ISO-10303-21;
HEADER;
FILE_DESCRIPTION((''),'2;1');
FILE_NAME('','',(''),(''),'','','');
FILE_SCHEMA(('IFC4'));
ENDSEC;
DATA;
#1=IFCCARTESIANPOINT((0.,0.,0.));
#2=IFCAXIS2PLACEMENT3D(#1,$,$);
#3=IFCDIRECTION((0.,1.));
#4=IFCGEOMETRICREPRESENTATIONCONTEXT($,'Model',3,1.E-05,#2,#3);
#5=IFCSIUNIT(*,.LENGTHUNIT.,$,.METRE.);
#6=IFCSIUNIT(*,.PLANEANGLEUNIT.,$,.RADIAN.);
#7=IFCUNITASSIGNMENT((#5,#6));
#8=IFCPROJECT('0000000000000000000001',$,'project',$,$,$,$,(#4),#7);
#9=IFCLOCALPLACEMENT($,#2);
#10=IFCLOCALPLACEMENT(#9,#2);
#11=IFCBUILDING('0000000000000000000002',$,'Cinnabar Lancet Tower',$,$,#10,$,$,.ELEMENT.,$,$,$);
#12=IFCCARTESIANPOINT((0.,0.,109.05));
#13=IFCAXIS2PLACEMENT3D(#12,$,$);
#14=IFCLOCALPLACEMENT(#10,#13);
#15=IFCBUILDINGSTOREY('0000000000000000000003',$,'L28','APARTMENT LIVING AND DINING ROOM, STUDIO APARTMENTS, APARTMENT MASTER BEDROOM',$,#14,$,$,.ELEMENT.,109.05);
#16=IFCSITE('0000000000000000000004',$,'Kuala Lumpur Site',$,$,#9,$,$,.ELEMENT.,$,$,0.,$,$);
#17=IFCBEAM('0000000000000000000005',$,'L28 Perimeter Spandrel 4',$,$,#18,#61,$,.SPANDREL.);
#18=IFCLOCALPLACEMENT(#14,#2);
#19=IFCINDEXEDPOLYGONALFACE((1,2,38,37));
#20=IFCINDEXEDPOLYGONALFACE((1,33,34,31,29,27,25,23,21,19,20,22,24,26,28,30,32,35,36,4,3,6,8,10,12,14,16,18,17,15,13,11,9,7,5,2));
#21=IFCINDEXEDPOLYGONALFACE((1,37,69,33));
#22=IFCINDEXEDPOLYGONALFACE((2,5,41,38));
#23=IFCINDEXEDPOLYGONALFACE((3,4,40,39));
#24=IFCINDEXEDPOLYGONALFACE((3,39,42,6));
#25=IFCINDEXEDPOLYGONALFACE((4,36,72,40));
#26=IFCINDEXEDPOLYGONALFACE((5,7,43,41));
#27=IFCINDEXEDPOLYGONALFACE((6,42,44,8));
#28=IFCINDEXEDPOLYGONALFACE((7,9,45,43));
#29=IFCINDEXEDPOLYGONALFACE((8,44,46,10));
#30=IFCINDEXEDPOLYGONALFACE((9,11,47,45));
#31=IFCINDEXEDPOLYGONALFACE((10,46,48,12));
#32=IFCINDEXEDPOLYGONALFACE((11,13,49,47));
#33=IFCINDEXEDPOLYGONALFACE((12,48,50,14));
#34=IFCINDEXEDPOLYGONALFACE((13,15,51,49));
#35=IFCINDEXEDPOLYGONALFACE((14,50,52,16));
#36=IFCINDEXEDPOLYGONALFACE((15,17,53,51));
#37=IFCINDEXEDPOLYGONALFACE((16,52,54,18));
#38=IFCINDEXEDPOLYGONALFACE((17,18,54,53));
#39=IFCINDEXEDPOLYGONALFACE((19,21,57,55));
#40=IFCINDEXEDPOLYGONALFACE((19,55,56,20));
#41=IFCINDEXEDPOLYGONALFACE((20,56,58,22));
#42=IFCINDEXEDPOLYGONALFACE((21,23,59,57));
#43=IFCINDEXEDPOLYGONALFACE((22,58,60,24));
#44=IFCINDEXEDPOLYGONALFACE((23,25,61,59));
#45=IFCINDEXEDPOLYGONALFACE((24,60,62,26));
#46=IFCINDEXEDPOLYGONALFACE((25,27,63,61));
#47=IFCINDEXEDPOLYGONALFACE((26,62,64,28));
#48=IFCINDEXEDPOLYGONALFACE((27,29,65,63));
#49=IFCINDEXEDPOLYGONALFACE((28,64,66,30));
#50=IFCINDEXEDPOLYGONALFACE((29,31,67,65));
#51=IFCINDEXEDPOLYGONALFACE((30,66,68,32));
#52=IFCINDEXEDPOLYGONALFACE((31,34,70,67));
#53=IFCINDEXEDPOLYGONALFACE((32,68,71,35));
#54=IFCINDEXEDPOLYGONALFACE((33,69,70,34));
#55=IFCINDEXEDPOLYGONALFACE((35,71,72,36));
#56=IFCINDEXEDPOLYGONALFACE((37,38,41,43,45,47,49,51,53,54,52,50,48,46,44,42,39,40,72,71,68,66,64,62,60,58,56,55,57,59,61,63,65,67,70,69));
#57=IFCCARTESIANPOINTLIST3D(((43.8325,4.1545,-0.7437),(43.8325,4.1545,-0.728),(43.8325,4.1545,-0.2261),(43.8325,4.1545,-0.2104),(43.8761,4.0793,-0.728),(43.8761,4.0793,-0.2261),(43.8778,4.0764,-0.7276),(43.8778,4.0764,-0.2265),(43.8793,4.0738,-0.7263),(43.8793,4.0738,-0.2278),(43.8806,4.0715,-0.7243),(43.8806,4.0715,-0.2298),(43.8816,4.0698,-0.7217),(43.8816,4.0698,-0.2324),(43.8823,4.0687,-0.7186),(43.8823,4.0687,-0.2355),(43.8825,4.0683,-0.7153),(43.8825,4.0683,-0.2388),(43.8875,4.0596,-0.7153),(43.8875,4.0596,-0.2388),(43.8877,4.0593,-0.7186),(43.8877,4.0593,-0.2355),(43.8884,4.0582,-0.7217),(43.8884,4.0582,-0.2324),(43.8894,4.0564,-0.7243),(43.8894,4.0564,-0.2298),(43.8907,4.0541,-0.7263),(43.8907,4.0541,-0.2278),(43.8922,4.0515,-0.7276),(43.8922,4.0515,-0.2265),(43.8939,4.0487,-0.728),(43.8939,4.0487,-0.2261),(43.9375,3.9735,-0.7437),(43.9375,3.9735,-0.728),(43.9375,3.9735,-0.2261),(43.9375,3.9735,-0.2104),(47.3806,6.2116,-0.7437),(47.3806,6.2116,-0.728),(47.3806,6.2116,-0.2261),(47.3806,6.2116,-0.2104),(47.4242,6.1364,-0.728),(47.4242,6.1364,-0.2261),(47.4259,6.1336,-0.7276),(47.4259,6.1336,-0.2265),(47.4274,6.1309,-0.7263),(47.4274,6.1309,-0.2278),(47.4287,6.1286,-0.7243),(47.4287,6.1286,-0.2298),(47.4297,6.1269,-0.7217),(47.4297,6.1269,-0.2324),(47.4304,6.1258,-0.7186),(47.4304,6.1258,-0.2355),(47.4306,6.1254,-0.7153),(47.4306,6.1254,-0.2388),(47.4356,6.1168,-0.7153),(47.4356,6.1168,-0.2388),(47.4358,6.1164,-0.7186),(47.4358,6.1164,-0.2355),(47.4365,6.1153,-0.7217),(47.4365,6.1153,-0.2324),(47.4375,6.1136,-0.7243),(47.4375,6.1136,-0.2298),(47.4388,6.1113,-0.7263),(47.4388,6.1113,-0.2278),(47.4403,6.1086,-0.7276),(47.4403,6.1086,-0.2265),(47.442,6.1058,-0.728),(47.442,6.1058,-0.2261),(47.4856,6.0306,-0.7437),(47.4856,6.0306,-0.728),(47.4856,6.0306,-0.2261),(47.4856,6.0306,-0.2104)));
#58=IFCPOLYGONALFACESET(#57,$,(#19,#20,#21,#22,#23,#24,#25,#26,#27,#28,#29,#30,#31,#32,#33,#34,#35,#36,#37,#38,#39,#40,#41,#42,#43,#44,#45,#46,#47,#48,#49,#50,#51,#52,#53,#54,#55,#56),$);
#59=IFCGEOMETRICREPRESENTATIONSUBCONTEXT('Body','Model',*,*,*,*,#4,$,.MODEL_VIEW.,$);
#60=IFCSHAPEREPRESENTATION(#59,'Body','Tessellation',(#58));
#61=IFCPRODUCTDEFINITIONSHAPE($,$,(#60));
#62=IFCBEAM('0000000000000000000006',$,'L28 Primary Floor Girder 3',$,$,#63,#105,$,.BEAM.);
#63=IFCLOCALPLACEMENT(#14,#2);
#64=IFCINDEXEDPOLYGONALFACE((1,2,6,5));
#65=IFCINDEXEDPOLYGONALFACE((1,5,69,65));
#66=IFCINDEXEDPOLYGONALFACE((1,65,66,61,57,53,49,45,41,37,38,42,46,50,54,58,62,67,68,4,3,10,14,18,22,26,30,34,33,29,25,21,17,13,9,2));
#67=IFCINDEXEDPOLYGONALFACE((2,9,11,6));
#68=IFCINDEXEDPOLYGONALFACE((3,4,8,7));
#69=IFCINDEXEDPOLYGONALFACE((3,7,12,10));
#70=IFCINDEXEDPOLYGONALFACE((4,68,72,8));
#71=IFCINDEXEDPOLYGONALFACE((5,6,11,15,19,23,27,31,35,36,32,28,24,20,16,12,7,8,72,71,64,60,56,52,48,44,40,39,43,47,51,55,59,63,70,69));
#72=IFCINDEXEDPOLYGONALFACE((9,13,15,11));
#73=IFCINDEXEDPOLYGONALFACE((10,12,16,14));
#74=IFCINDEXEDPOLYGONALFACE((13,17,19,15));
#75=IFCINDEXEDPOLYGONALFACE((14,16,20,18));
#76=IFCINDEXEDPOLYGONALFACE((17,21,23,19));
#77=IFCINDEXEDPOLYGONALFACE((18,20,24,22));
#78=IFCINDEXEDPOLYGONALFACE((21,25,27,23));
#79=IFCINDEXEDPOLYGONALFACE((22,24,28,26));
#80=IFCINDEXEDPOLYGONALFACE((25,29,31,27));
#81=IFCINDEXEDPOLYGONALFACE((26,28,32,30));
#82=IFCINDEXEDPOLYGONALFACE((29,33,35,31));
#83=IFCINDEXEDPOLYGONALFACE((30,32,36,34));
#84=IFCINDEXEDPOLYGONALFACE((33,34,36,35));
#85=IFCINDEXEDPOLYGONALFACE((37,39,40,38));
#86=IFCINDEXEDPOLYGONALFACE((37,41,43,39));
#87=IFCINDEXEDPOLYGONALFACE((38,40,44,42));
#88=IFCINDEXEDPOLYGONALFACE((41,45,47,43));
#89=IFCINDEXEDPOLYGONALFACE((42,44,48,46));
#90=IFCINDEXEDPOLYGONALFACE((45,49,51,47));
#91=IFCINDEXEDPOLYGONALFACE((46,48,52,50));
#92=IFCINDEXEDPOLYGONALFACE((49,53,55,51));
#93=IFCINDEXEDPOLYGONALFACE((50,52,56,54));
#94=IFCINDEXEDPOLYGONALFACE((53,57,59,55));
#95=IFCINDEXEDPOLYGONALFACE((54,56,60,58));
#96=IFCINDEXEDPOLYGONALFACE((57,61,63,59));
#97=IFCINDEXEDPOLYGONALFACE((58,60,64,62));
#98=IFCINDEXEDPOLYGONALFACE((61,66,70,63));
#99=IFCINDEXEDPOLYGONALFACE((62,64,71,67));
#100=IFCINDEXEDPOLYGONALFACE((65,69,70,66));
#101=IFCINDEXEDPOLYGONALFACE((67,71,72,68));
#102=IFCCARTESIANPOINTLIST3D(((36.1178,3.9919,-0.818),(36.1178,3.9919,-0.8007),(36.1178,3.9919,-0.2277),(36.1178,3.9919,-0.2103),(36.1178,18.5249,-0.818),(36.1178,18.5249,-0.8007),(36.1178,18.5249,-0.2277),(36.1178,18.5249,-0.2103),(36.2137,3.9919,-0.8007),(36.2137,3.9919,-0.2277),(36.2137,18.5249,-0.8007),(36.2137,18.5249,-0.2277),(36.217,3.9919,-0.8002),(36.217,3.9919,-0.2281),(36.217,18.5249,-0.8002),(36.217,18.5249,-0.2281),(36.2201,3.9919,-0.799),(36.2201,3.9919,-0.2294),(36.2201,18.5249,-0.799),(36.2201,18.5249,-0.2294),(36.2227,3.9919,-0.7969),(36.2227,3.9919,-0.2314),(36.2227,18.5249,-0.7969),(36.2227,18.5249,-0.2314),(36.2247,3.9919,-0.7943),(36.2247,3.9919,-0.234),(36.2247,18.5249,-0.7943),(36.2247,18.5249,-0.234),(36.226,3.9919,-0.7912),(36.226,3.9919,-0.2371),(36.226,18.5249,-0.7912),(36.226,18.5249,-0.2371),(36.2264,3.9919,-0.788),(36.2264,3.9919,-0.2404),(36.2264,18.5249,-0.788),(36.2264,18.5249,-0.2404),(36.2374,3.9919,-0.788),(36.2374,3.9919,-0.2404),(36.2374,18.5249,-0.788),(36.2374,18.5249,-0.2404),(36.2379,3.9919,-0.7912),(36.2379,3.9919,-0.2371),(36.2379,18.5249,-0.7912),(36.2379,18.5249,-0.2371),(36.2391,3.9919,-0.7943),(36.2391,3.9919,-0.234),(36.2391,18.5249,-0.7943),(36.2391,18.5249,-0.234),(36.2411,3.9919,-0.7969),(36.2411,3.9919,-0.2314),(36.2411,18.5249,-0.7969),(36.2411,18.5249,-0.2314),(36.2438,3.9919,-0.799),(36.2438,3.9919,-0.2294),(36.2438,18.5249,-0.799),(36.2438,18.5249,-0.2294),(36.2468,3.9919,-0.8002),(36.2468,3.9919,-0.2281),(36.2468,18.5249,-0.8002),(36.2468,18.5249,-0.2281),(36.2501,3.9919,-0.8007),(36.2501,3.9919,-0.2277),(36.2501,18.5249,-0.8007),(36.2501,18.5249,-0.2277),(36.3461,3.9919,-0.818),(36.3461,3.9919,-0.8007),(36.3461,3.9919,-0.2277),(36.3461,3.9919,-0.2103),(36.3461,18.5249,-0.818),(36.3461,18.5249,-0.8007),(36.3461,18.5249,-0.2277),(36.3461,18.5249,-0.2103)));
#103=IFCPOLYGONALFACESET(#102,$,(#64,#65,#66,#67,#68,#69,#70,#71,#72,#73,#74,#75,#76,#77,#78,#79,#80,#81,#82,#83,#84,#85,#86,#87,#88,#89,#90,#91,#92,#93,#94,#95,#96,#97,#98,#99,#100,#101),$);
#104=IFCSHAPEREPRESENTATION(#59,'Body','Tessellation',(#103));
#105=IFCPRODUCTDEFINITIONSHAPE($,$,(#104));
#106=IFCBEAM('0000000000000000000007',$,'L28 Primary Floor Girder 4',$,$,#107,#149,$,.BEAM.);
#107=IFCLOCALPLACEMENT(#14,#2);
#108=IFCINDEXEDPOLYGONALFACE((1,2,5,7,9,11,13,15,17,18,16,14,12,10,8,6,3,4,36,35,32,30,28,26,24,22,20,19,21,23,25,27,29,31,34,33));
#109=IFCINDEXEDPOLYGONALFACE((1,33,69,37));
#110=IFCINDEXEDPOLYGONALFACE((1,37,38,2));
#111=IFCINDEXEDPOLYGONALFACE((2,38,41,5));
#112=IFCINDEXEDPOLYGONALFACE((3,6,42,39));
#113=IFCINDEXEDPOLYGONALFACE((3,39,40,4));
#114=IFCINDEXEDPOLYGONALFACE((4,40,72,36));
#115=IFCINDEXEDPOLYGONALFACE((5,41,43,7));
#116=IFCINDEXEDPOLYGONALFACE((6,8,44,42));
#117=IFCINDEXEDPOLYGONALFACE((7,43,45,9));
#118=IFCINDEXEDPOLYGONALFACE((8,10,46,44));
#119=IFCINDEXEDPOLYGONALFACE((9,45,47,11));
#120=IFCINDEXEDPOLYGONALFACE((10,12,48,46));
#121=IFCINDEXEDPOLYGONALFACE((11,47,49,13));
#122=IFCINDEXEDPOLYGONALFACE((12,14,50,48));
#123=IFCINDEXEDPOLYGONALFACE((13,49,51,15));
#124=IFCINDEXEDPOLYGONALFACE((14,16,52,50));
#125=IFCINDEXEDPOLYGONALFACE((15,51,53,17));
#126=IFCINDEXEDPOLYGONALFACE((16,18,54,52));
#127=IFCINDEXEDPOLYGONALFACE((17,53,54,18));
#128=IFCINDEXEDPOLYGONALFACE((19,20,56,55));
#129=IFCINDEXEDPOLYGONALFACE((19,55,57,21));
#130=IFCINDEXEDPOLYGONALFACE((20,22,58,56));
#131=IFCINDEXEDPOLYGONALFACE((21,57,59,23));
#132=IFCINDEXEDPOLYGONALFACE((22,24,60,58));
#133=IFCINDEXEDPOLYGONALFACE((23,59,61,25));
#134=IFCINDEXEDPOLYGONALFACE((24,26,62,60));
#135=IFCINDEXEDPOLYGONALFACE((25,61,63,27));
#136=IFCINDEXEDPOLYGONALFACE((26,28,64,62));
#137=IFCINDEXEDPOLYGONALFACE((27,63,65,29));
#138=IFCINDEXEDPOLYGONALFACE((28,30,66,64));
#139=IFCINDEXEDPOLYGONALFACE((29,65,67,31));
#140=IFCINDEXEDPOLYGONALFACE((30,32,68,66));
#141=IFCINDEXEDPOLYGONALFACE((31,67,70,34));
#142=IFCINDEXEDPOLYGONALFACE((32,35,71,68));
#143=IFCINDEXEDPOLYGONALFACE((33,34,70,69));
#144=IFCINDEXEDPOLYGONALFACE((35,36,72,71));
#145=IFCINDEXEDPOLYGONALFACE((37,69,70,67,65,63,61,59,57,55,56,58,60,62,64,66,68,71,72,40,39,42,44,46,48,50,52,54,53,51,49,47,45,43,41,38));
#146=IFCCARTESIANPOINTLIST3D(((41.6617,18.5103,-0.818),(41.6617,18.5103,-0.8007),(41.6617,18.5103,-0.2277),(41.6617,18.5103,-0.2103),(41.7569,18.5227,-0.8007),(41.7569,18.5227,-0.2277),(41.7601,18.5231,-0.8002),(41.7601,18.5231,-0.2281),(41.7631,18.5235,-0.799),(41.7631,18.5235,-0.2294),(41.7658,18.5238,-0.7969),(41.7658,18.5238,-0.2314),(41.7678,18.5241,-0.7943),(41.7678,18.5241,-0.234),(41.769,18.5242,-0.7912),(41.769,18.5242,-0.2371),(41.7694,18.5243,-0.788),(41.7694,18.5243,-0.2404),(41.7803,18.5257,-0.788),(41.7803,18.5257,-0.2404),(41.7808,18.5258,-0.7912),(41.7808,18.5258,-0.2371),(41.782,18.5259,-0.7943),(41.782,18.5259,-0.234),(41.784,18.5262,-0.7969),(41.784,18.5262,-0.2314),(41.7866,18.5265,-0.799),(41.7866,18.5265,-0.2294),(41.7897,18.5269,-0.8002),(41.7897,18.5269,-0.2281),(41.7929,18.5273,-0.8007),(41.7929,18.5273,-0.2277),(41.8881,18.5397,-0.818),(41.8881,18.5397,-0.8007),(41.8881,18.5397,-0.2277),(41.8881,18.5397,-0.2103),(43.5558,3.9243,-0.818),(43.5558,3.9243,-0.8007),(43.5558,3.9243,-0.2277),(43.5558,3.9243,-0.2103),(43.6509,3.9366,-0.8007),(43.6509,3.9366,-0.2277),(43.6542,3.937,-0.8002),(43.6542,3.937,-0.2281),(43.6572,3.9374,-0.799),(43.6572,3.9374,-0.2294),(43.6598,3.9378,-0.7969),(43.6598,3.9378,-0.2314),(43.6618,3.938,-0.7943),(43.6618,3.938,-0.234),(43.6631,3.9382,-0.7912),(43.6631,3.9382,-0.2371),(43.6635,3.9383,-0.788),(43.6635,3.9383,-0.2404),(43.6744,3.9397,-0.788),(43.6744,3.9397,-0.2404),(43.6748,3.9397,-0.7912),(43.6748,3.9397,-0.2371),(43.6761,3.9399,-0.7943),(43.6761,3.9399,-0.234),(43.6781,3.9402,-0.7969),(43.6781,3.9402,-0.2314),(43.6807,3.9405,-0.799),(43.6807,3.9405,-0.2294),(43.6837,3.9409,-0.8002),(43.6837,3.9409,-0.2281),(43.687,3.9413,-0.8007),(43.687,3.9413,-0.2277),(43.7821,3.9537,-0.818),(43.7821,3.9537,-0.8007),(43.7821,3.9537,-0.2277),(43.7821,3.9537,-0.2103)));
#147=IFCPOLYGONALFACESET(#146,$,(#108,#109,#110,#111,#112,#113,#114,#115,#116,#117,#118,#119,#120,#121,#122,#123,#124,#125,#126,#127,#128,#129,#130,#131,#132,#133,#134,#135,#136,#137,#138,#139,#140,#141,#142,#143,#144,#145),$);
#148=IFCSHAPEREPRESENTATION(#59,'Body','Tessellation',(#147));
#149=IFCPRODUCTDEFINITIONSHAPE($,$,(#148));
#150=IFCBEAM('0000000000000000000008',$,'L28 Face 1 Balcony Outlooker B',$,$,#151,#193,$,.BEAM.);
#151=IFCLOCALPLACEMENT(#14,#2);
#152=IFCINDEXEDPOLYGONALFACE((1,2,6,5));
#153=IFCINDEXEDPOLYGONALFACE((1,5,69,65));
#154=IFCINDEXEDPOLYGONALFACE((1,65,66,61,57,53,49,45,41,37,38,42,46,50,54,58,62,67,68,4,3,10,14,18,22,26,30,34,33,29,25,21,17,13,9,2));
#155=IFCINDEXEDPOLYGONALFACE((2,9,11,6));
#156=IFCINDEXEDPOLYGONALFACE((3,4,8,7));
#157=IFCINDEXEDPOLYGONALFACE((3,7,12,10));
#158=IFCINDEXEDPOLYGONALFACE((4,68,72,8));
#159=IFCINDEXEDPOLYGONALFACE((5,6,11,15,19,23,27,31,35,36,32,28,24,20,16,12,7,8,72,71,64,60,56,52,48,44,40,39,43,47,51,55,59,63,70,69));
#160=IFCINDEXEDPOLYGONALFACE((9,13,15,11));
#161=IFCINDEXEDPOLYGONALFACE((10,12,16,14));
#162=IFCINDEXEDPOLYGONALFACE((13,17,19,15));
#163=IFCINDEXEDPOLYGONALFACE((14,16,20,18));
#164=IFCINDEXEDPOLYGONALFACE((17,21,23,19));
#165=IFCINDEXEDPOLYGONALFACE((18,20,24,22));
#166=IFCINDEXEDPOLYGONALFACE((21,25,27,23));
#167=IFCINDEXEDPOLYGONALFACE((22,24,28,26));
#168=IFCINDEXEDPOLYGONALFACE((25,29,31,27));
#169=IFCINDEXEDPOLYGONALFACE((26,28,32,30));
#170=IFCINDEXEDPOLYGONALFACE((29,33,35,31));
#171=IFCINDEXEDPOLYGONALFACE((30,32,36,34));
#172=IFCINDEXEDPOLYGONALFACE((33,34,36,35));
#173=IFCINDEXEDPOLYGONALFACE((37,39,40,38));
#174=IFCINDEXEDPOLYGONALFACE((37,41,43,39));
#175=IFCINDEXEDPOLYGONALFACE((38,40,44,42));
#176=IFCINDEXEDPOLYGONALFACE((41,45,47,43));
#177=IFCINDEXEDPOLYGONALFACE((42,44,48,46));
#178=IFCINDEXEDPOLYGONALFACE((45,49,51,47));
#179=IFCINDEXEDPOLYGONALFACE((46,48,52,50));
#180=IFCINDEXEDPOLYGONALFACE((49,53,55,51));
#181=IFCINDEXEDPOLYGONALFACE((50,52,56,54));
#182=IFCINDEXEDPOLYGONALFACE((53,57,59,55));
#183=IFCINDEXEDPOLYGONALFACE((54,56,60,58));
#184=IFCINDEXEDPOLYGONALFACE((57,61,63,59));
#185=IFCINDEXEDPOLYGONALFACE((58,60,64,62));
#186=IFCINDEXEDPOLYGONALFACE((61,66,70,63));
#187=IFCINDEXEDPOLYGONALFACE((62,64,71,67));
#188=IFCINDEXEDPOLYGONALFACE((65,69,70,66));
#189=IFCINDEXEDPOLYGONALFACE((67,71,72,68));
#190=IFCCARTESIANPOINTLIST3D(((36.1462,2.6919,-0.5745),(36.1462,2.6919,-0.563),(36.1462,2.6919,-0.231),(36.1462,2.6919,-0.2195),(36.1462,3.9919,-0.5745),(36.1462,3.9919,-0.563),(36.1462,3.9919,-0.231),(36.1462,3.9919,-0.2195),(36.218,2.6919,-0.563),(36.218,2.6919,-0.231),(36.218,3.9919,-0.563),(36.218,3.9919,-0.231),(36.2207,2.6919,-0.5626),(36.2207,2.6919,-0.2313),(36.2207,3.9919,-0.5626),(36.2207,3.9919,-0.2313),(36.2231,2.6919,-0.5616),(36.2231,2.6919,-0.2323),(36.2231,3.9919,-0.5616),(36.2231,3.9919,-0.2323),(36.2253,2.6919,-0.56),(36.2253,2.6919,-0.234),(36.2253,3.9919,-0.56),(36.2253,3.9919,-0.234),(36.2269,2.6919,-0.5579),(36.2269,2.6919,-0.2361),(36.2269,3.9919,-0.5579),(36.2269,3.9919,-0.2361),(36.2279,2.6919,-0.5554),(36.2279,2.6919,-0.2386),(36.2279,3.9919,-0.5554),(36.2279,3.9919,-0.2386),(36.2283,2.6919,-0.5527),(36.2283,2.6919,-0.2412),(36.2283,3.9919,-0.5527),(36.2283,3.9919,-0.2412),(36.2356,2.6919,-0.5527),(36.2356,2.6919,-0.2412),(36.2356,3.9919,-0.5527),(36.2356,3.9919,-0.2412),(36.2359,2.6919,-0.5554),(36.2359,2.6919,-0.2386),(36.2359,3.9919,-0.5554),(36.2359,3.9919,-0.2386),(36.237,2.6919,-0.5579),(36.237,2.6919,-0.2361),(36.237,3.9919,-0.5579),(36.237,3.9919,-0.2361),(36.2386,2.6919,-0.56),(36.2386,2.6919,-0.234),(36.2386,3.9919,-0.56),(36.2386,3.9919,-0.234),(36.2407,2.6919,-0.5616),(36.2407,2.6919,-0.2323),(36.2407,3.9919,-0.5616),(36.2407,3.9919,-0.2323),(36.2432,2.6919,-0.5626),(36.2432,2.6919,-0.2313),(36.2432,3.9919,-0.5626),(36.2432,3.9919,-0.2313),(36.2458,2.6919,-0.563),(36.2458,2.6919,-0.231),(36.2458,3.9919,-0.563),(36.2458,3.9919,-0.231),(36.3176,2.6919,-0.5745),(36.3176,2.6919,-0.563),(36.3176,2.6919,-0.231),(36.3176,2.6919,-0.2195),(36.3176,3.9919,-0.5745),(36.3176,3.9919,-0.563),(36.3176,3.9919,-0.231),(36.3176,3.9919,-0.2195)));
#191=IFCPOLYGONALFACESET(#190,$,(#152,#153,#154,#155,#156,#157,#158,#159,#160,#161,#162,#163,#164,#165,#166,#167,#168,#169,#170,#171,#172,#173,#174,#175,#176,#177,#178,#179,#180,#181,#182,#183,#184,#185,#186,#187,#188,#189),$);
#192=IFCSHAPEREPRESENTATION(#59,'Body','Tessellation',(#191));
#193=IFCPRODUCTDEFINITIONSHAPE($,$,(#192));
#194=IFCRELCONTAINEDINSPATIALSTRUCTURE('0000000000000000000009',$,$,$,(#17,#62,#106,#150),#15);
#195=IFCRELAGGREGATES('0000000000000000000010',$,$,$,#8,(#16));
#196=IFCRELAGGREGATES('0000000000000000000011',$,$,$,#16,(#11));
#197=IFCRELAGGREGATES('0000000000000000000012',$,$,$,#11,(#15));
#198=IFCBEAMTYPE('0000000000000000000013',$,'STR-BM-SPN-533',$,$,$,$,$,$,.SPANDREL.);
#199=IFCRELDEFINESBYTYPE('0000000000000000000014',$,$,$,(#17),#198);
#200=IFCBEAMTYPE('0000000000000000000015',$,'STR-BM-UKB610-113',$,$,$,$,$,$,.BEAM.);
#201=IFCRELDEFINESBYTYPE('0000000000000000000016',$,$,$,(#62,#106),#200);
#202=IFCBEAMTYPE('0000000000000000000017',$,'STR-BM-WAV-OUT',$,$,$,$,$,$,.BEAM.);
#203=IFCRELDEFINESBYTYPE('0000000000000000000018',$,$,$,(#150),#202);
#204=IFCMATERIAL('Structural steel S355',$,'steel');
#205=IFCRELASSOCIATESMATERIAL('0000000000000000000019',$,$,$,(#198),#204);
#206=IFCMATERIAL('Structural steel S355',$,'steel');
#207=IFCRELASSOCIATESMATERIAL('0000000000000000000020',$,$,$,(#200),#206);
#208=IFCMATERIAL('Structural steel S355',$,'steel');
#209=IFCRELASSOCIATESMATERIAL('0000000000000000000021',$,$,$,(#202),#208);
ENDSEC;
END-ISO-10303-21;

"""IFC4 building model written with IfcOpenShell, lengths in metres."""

from ifc_helpers import new_model, si_unit, direction, frame, origin, origin_2d, place, context, subcontext, project, spatial, i_section, extrude, material, material_profile, profile_set, type_object, element, save


model = new_model("IFC4")

# Units and contexts
model_context = context("Model", 3, precision=1e-05, world=origin(), true_north=direction((0.0, 1.0)))
body_context = subcontext(model_context, "Body", "Model", "MODEL_VIEW")
ifc_project = project(units=[si_unit("LENGTHUNIT", "METRE"), si_unit("PLANEANGLEUNIT", "RADIAN")], contexts=[model_context])

# Site, building, storey
site_placement = place(None, origin())
site = spatial("IfcSite", under=ifc_project, at=site_placement, Name="Kuala Lumpur Site", CompositionType="ELEMENT", RefElevation=0.0)
building_placement = place(site_placement, origin())
building = spatial("IfcBuilding", under=site, at=building_placement, Name="Cinnabar Lancet Tower", CompositionType="ELEMENT")
storey_placement = place(building_placement, frame((0.0, 0.0, 109.05)))
storey = spatial("IfcBuildingStorey", under=building, at=storey_placement, Name="L28", Description="APARTMENT LIVING AND DINING ROOM, STUDIO APARTMENTS, APARTMENT MASTER BEDROOM", CompositionType="ELEMENT", Elevation=109.05)

# Beams
ifc_material_1 = material(Name="Structural steel S355", Category="steel")
ifc_material_profile_1 = material_profile(ifc_material_1, i_section(OverallWidth=0.2092, OverallDepth=0.5332, WebThickness=0.01, FlangeThickness=0.0156, FilletRadius=0.0127, at=origin_2d()), Name="UKB 533x210x92")
ifc_profile_set_1 = profile_set([ifc_material_profile_1], Name="Structural steel S355")
beam_type_1 = type_object("IfcBeamType", Name="STR-BM-SPN-533", PredefinedType="SPANDREL", material=ifc_profile_set_1)
beam_1_placement = place(storey_placement, frame((43.885, 4.064, -0.4771), z_axis=(0.865112, 0.501578, 0.0), x_axis=(-0.501578, 0.865112, 0.0)))
element("IfcBeam", 1, at=beam_1_placement, inside=storey, type_object=beam_type_1, Name="L28 Perimeter Spandrel 4", PredefinedType="SPANDREL", context=body_context, shape_type="SweptSolid", body=[
    extrude(i_section(OverallWidth=0.2092, OverallDepth=0.5332, WebThickness=0.01, FlangeThickness=0.0156, FilletRadius=0.0127, at=origin_2d()), origin(), (0.0, 0.0, 1.0), 4.1013),
])
ifc_material_2 = material(Name="Structural steel S355", Category="steel")
ifc_material_profile_2 = material_profile(ifc_material_2, i_section(OverallWidth=0.2283, OverallDepth=0.6077, WebThickness=0.011, FlangeThickness=0.0173, FilletRadius=0.0127, at=origin_2d()), Name="UKB 610x229x113")
ifc_profile_set_2 = profile_set([ifc_material_profile_2], Name="Structural steel S355")
beam_type_2 = type_object("IfcBeamType", Name="STR-BM-UKB610-113", PredefinedType="BEAM", material=ifc_profile_set_2)
beam_2_placement = place(storey_placement, frame((36.2319, 3.9919, -0.5142), z_axis=(0.0, 1.0, 0.0), x_axis=(-1.0, 0.0, 0.0)))
element("IfcBeam", 2, at=beam_2_placement, inside=storey, type_object=beam_type_2, Name="L28 Primary Floor Girder 3", PredefinedType="BEAM", context=body_context, shape_type="SweptSolid", body=[
    extrude(i_section(OverallWidth=0.2283, OverallDepth=0.6077, WebThickness=0.011, FlangeThickness=0.0173, FilletRadius=0.0127, at=origin_2d()), origin(), (0.0, 0.0, 1.0), 14.533),
])
beam_3_placement = place(storey_placement, frame((43.6689, 3.939, -0.5142), z_axis=(-0.128773, 0.991674, 0.0), x_axis=(-0.991674, -0.128773, 0.0)))
element("IfcBeam", 3, at=beam_3_placement, inside=storey, type_object=beam_type_2, Name="L28 Primary Floor Girder 4", PredefinedType="BEAM", context=body_context, shape_type="SweptSolid", body=[
    extrude(i_section(OverallWidth=0.2283, OverallDepth=0.6077, WebThickness=0.011, FlangeThickness=0.0173, FilletRadius=0.0127, at=origin_2d()), origin(), (0.0, 0.0, 1.0), 14.7085),
])
ifc_material_3 = material(Name="Structural steel S355", Category="steel")
ifc_material_profile_3 = material_profile(ifc_material_3, i_section(OverallWidth=0.1714, OverallDepth=0.355, WebThickness=0.0073, FlangeThickness=0.0115, FilletRadius=0.0103, at=origin_2d()), Name="UKB 356x171x51")
ifc_profile_set_3 = profile_set([ifc_material_profile_3], Name="Structural steel S355")
beam_type_3 = type_object("IfcBeamType", Name="STR-BM-WAV-OUT", PredefinedType="BEAM", material=ifc_profile_set_3)
beam_4_placement = place(storey_placement, frame((36.2319, 3.9919, -0.397), z_axis=(0.0, -1.0, 0.0), x_axis=(1.0, 0.0, 0.0)))
element("IfcBeam", 4, at=beam_4_placement, inside=storey, type_object=beam_type_3, Name="L28 Face 1 Balcony Outlooker B", PredefinedType="BEAM", context=body_context, shape_type="SweptSolid", body=[
    extrude(i_section(OverallWidth=0.1714, OverallDepth=0.355, WebThickness=0.0073, FlangeThickness=0.0115, FilletRadius=0.0103, at=origin_2d()), origin(), (0.0, 0.0, 1.0), 1.3),
])

save(model, "model.ifc")
